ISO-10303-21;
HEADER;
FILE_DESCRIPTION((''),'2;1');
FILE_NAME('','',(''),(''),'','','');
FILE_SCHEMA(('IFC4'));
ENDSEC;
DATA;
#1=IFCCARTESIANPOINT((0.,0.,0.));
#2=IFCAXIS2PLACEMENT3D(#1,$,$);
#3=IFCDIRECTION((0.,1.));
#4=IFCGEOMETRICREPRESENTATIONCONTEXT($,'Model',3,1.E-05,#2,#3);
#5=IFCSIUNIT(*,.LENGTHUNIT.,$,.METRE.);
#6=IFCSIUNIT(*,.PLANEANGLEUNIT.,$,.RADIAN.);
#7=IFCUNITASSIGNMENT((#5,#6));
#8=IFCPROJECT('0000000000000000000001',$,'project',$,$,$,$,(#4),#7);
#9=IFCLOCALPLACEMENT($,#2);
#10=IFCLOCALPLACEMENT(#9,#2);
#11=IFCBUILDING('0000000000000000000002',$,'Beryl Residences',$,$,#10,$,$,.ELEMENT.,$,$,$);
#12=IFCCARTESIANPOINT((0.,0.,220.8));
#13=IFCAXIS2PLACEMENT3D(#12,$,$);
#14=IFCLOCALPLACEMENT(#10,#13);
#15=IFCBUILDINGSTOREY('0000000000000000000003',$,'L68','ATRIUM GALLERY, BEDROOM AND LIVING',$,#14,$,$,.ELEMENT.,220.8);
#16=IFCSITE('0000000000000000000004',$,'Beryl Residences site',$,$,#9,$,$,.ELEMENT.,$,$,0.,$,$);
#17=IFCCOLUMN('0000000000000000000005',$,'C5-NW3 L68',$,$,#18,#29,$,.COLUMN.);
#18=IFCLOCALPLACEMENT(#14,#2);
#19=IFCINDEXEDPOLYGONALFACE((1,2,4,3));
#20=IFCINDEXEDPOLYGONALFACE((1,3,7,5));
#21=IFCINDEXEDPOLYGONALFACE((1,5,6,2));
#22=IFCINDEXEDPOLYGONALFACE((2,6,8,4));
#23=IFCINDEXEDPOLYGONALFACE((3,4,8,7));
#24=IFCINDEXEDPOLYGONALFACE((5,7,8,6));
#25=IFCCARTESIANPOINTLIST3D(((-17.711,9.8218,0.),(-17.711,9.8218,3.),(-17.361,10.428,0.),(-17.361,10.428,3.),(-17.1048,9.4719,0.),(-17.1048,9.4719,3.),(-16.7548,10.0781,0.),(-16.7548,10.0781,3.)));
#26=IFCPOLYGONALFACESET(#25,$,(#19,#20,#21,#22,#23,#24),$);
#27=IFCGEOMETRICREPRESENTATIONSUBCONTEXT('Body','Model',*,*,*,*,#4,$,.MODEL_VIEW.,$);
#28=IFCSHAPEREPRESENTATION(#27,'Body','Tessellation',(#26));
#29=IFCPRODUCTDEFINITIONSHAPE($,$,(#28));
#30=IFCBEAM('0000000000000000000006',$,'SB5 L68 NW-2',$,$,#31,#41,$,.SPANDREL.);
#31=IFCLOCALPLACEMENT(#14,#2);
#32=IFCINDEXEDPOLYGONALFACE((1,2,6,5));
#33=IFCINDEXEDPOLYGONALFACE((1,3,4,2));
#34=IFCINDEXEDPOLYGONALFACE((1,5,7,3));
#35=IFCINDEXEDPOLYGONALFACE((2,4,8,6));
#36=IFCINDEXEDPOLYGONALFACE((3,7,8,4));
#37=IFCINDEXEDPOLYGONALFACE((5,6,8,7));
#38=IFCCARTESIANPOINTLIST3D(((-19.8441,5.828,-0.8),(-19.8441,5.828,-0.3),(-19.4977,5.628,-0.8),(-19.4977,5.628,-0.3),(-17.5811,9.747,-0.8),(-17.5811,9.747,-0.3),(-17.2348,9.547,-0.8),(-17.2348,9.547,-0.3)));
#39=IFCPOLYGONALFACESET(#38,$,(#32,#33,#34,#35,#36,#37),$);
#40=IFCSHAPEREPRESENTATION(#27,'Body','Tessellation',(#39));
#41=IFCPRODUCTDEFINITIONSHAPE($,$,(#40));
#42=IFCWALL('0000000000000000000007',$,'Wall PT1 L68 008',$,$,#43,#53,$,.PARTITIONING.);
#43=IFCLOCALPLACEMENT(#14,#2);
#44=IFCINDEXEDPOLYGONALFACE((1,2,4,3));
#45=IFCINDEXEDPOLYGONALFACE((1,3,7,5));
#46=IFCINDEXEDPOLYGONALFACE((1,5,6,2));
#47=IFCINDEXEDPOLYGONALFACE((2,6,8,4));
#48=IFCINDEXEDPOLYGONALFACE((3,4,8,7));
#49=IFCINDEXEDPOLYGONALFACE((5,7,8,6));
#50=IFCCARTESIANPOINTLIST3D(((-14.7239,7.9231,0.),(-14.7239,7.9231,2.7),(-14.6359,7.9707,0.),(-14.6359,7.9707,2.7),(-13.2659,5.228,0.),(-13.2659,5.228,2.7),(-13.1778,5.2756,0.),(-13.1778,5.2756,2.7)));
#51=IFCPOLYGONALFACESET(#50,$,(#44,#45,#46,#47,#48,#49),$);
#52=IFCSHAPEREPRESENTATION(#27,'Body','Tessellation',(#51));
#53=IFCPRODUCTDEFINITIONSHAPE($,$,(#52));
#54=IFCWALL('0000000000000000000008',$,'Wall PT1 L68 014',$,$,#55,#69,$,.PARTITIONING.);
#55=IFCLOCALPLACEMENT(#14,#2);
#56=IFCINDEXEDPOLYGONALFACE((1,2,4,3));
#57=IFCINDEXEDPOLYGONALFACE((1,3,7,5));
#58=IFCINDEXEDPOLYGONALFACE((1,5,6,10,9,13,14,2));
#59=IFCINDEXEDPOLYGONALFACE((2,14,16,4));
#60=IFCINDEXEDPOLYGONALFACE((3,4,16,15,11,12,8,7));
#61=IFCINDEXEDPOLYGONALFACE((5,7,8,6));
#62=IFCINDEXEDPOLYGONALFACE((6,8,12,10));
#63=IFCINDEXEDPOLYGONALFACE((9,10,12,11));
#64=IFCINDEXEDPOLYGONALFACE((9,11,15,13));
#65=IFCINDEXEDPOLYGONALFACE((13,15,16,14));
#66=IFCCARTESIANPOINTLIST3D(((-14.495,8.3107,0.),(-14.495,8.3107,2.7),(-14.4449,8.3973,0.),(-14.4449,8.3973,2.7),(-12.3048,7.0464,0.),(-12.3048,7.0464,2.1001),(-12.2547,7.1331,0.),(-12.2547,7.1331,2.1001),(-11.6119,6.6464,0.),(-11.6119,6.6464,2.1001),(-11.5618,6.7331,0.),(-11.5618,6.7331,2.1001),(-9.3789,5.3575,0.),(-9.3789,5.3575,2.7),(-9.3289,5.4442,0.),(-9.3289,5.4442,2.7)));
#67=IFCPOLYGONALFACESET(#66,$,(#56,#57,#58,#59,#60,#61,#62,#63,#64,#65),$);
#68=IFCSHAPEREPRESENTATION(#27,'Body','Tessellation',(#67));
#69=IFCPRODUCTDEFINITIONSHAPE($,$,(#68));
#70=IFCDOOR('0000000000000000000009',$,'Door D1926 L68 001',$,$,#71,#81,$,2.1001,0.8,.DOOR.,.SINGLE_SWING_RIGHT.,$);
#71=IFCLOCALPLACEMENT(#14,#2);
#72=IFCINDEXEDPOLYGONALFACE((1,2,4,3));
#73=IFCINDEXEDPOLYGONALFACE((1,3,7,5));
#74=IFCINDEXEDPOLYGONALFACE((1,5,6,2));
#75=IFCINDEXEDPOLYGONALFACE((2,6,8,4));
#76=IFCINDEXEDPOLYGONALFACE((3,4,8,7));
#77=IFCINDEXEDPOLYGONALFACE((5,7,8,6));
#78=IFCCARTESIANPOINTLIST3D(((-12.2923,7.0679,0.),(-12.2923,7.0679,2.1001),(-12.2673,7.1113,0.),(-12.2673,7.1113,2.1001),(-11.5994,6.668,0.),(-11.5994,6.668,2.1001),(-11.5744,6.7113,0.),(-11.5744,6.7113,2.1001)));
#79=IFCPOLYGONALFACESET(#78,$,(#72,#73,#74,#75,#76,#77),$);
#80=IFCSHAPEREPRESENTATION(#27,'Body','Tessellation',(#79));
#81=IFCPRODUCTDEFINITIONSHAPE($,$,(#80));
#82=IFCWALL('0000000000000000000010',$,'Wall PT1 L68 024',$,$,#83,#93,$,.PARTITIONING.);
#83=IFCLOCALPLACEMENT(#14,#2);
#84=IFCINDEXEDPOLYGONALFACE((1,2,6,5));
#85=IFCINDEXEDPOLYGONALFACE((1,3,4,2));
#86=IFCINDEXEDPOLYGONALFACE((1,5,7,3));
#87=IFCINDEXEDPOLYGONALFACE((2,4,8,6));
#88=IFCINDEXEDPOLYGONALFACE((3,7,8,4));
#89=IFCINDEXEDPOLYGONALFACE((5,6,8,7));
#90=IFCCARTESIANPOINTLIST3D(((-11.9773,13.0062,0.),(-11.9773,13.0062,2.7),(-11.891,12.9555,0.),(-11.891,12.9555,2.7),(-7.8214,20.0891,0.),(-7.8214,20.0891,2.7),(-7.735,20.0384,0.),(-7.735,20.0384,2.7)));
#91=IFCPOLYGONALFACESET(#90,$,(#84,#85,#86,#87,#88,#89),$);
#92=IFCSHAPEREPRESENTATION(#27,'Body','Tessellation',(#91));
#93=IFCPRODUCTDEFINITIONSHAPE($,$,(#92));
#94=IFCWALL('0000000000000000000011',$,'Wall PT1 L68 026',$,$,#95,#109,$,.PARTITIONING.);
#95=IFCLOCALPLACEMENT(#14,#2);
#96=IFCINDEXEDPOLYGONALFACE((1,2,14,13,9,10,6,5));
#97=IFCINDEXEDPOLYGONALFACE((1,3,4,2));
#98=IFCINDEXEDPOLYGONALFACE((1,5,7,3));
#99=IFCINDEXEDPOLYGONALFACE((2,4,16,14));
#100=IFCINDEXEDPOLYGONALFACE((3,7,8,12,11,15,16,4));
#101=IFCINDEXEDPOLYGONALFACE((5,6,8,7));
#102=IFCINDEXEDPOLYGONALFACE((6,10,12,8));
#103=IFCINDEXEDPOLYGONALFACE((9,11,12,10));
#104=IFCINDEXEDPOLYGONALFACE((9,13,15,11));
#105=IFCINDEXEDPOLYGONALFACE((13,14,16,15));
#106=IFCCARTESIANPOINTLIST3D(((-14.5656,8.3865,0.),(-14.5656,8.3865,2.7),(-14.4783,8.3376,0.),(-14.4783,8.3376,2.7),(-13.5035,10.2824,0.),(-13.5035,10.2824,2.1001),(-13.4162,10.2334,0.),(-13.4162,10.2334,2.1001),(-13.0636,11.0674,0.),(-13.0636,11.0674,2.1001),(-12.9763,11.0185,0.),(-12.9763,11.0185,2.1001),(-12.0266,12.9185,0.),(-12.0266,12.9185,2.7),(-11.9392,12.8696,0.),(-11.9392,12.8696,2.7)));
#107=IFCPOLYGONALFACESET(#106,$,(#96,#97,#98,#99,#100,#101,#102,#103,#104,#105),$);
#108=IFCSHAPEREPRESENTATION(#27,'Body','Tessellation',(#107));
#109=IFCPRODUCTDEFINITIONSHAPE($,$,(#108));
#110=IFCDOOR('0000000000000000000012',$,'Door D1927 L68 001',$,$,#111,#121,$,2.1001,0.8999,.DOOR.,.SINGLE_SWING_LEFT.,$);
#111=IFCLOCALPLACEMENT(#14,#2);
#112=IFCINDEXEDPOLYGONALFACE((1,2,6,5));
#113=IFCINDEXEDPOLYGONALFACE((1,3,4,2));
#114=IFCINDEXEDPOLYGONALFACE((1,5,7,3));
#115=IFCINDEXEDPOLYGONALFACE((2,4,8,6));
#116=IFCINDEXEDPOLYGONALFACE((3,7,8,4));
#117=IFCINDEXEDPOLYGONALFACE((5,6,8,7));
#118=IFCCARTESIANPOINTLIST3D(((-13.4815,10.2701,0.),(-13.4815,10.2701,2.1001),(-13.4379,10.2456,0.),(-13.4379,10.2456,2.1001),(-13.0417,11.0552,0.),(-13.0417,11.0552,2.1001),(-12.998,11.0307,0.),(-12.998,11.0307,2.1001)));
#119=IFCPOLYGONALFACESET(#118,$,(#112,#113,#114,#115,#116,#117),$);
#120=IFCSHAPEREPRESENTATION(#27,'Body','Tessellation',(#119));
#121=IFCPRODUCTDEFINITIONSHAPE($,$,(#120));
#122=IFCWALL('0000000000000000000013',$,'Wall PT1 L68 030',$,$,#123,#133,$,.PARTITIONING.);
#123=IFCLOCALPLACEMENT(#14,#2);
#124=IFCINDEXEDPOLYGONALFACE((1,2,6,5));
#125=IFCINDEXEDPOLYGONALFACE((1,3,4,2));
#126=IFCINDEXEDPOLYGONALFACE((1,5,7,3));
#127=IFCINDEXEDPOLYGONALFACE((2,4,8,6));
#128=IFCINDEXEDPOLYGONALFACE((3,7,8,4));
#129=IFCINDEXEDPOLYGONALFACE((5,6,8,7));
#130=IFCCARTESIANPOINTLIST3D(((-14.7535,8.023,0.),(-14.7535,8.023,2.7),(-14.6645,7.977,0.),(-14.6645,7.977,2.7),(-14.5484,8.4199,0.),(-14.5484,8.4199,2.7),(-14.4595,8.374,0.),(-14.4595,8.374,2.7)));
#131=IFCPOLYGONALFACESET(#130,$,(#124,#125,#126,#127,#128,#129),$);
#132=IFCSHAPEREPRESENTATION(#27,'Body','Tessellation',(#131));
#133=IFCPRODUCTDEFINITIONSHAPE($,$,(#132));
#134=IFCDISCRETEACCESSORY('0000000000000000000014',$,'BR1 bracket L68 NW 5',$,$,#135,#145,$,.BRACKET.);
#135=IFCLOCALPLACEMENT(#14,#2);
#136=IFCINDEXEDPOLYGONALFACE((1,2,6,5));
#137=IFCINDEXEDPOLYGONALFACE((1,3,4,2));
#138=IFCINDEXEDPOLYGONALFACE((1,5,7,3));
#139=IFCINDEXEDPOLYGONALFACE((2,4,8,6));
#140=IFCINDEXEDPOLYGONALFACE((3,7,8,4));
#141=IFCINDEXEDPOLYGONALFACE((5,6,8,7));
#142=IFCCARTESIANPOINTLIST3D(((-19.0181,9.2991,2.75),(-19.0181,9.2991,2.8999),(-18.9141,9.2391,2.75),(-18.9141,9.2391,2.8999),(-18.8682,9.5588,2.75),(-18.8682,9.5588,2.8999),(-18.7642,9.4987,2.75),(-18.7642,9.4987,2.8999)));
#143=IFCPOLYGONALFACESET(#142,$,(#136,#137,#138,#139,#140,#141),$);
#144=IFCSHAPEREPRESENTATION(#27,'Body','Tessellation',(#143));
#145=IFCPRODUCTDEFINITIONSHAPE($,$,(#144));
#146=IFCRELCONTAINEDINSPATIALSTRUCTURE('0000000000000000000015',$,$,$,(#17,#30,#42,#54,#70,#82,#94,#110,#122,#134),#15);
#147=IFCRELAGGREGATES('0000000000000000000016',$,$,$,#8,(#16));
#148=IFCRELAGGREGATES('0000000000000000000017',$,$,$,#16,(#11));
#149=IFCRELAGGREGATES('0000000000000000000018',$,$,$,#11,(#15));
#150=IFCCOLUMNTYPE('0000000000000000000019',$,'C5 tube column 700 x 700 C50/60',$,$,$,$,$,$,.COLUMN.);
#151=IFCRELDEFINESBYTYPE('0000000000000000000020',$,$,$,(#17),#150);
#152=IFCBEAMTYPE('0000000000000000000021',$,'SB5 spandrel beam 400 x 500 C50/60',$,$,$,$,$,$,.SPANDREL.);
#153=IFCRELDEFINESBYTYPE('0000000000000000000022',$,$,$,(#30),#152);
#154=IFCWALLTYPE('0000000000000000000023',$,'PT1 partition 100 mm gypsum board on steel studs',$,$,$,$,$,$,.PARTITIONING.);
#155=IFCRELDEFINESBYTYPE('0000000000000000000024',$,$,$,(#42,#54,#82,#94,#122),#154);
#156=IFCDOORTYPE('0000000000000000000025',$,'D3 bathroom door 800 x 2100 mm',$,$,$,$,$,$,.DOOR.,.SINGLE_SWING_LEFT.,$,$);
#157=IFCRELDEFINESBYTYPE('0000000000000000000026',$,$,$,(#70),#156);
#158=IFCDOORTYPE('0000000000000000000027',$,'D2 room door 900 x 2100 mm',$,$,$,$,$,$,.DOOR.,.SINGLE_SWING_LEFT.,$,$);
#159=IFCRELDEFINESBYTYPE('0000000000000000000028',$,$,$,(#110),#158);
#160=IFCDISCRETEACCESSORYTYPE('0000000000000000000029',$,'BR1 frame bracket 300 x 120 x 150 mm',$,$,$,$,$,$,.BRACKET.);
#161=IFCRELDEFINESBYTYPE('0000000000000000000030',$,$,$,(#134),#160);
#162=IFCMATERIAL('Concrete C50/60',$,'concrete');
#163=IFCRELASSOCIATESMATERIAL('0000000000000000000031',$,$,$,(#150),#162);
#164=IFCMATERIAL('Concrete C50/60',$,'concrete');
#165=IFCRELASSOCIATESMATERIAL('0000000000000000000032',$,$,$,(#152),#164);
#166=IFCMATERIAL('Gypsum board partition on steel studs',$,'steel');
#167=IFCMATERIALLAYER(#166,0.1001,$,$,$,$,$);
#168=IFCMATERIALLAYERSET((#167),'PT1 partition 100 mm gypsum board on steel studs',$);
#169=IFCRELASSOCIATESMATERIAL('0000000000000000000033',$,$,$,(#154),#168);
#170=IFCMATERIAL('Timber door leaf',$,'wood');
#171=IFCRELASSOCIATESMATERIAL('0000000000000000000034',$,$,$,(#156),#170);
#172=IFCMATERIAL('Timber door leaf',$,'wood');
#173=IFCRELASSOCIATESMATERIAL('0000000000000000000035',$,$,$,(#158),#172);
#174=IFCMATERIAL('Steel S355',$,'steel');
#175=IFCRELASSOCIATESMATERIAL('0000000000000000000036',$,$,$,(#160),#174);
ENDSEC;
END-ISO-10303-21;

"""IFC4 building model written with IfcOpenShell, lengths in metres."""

from ifc_helpers import new_model, si_unit, direction, frame, frame_2d, origin, origin_2d, place, context, subcontext, project, spatial, polyline, rectangle, outline, extrude, source, transform, mapped, material, layer, layer_set, material_profile, profile_set, type_object, type_shapes, element, fill, save


model = new_model("IFC4")

# Units and contexts
model_context = context("Model", 3, precision=1e-05, world=origin(), true_north=direction((0.0, 1.0)))
body_context = subcontext(model_context, "Body", "Model", "MODEL_VIEW")
ifc_project = project(units=[si_unit("LENGTHUNIT", "METRE"), si_unit("PLANEANGLEUNIT", "RADIAN")], contexts=[model_context])

# Site, building, storey
site_placement = place(None, origin())
site = spatial("IfcSite", under=ifc_project, at=site_placement, Name="Beryl Residences site", CompositionType="ELEMENT", RefElevation=0.0)
building_placement = place(site_placement, origin())
building = spatial("IfcBuilding", under=site, at=building_placement, Name="Beryl Residences", CompositionType="ELEMENT")
storey_placement = place(building_placement, frame((0.0, 0.0, 220.8)))
storey = spatial("IfcBuildingStorey", under=building, at=storey_placement, Name="L68", Description="ATRIUM GALLERY, BEDROOM AND LIVING", CompositionType="ELEMENT", Elevation=220.8)

# Column
ifc_material_1 = material(Name="Concrete C50/60", Category="concrete")
ifc_material_profile_1 = material_profile(ifc_material_1, rectangle(XDim=0.7, YDim=0.7, at=origin_2d()))
ifc_profile_set_1 = profile_set([ifc_material_profile_1], Name="Concrete C50/60")
column_type = type_object("IfcColumnType", Name="C5 tube column 700 x 700 C50/60", PredefinedType="COLUMN", material=ifc_profile_set_1)
column_placement = place(storey_placement, frame((-17.2329, 9.95, 0.0), z_axis=(0.0, 0.0, 1.0), x_axis=(-0.49997, -0.866043, 0.0)))
element("IfcColumn", 1, at=column_placement, inside=storey, type_object=column_type, Name="C5-NW3 L68", PredefinedType="COLUMN", context=body_context, shape_type="SweptSolid", body=[
    extrude(rectangle(XDim=0.7, YDim=0.7, at=origin_2d()), origin(), (0.0, 0.0, 1.0), 3.0),
])

# Beam
ifc_material_2 = material(Name="Concrete C50/60", Category="concrete")
ifc_material_profile_2 = material_profile(ifc_material_2, rectangle(XDim=0.3999, YDim=0.5, at=origin_2d()))
ifc_profile_set_2 = profile_set([ifc_material_profile_2], Name="Concrete C50/60")
beam_type = type_object("IfcBeamType", Name="SB5 spandrel beam 400 x 500 C50/60", PredefinedType="SPANDREL", material=ifc_profile_set_2)
beam_placement = place(storey_placement, frame((-17.408, 9.647, -0.55), z_axis=(-0.500056, -0.865993, 0.0), x_axis=(0.865993, -0.500056, 0.0)))
element("IfcBeam", 2, at=beam_placement, inside=storey, type_object=beam_type, Name="SB5 L68 NW-2", PredefinedType="SPANDREL", context=body_context, shape_type="SweptSolid", body=[
    extrude(rectangle(XDim=0.3999, YDim=0.5, at=origin_2d()), origin(), (0.0, 0.0, 1.0), 4.5254),
])

# Wall
ifc_material_3 = material(Name="Gypsum board partition on steel studs", Category="steel")
ifc_layer = layer(ifc_material_3, 0.1001)
ifc_layer_set = layer_set([ifc_layer], Name="PT1 partition 100 mm gypsum board on steel studs")
wall_type = type_object("IfcWallType", Name="PT1 partition 100 mm gypsum board on steel studs", PredefinedType="PARTITIONING", material=ifc_layer_set)
wall_1_placement = place(storey_placement, frame((-14.6799, 7.947, 0.0), z_axis=(0.0, 0.0, 1.0), x_axis=(0.475824, -0.879541, 0.0)))
element("IfcWall", 3, at=wall_1_placement, inside=storey, type_object=wall_type, Name="Wall PT1 L68 008", PredefinedType="PARTITIONING", context=body_context, shape_type="SweptSolid", body=[
    extrude(rectangle(XDim=3.0642, YDim=0.1001, at=frame_2d((1.5322, 0.0))), origin(), (0.0, 0.0, 1.0), 2.7),
])

# Wall, opening, door
wall_2_placement = place(storey_placement, frame((-14.47, 8.354, 0.0), z_axis=(0.0, 0.0, 1.0), x_axis=(0.866068, -0.499926, 0.0)))
wall_2 = element("IfcWall", 4, at=wall_2_placement, inside=storey, type_object=wall_type, Name="Wall PT1 L68 014", PredefinedType="PARTITIONING", context=body_context, shape_type="SweptSolid", body=[
    extrude(rectangle(XDim=5.9072, YDim=0.1001, at=frame_2d((2.9536, 0.0))), origin(), (0.0, 0.0, 1.0), 2.7),
])
opening_1_placement = place(wall_2_placement, frame((2.5291, 0.0, 0.0)))
opening_1 = element("IfcOpeningElement", 5, at=opening_1_placement, cuts=wall_2, PredefinedType="OPENING", context=body_context, shape_type="SweptSolid", body=[
    extrude(rectangle(XDim=0.8, YDim=2.1001, at=frame_2d((0.3999, 1.05))), frame((0.0, 0.0601, 0.0), z_axis=(0.0, -1.0, 0.0), x_axis=(1.0, 0.0, 0.0)), (0.0, 0.0, 1.0), 0.1201),
])
ifc_material_4 = material(Name="Timber door leaf", Category="wood")
door_type_1 = type_object("IfcDoorType", Name="D3 bathroom door 800 x 2100 mm", OperationType="SINGLE_SWING_LEFT", PredefinedType="DOOR", material=ifc_material_4)
door_1_placement = place(opening_1_placement, origin())
door_1 = element("IfcDoor", 6, at=door_1_placement, inside=storey, type_object=door_type_1, Name="Door D1926 L68 001", OperationType="SINGLE_SWING_RIGHT", OverallHeight=2.1001, OverallWidth=0.8, PredefinedType="DOOR", context=body_context, shape_type="SweptSolid", body=[
    extrude(rectangle(XDim=0.8, YDim=2.1001, at=frame_2d((0.3999, 1.05))), frame((0.0, 0.0249, 0.0), z_axis=(0.0, -1.0, 0.0), x_axis=(1.0, 0.0, 0.0)), (0.0, 0.0, 1.0), 0.05),
])
fill(opening_1, door_1)

# Wall
wall_3_placement = place(storey_placement, frame((-11.9341, 12.981, 0.0), z_axis=(0.0, 0.0, 1.0), x_axis=(0.506073, 0.862491, 0.0)))
element("IfcWall", 7, at=wall_3_placement, inside=storey, type_object=wall_type, Name="Wall PT1 L68 024", PredefinedType="PARTITIONING", context=body_context, shape_type="SweptSolid", body=[
    extrude(rectangle(XDim=8.2122, YDim=0.1001, at=frame_2d((4.106, 0.0))), origin(), (0.0, 0.0, 1.0), 2.7),
])

# Wall, opening, door
wall_4_placement = place(storey_placement, frame((-14.522, 8.3621, 0.0), z_axis=(0.0, 0.0, 1.0), x_axis=(0.488772, 0.872411, 0.0)))
wall_4 = element("IfcWall", 8, at=wall_4_placement, inside=storey, type_object=wall_type, Name="Wall PT1 L68 026", PredefinedType="PARTITIONING", context=body_context, shape_type="SweptSolid", body=[
    extrude(rectangle(XDim=5.1948, YDim=0.1001, at=frame_2d((2.5974, 0.0))), origin(), (0.0, 0.0, 1.0), 2.7),
])
opening_2_placement = place(wall_4_placement, frame((2.1731, 0.0, 0.0)))
opening_2 = element("IfcOpeningElement", 9, at=opening_2_placement, cuts=wall_4, PredefinedType="OPENING", context=body_context, shape_type="SweptSolid", body=[
    extrude(rectangle(XDim=0.8999, YDim=2.1001, at=frame_2d((0.45, 1.05))), frame((0.0, 0.0601, 0.0), z_axis=(0.0, -1.0, 0.0), x_axis=(1.0, 0.0, 0.0)), (0.0, 0.0, 1.0), 0.1201),
])
ifc_material_5 = material(Name="Timber door leaf", Category="wood")
door_type_2 = type_object("IfcDoorType", Name="D2 room door 900 x 2100 mm", OperationType="SINGLE_SWING_LEFT", PredefinedType="DOOR", material=ifc_material_5)
door_2_placement = place(opening_2_placement, origin())
door_2 = element("IfcDoor", 10, at=door_2_placement, inside=storey, type_object=door_type_2, Name="Door D1927 L68 001", OperationType="SINGLE_SWING_LEFT", OverallHeight=2.1001, OverallWidth=0.8999, PredefinedType="DOOR", context=body_context, shape_type="SweptSolid", body=[
    extrude(rectangle(XDim=0.8999, YDim=2.1001, at=frame_2d((0.45, 1.05))), frame((0.0, 0.0249, 0.0), z_axis=(0.0, -1.0, 0.0), x_axis=(1.0, 0.0, 0.0)), (0.0, 0.0, 1.0), 0.05),
])
fill(opening_2, door_2)

# Wall
wall_5_placement = place(storey_placement, frame((-14.709, 8.0, 0.0), z_axis=(0.0, 0.0, 1.0), x_axis=(0.458977, 0.888448, 0.0)))
element("IfcWall", 11, at=wall_5_placement, inside=storey, type_object=wall_type, Name="Wall PT1 L68 030", PredefinedType="PARTITIONING", context=body_context, shape_type="SweptSolid", body=[
    extrude(rectangle(XDim=0.4468, YDim=0.1001, at=frame_2d((0.2234, 0.0))), origin(), (0.0, 0.0, 1.0), 2.7),
])

# Discrete accessory
ifc_material_6 = material(Name="Steel S355", Category="steel")
discrete_accessory_type = type_object("IfcDiscreteAccessoryType", Name="BR1 frame bracket 300 x 120 x 150 mm", PredefinedType="BRACKET", material=ifc_material_6)
shared_shape_1 = source(origin(), body_context, "Body", "SweptSolid", [
    extrude(outline(polyline([(-0.1499, 0.0), (0.1499, 0.0), (0.1499, 0.1201), (-0.1499, 0.1201), (-0.1499, 0.0)])), origin(), (0.0, 0.0, 1.0), 0.1499),
])
type_shapes(discrete_accessory_type, [shared_shape_1])
discrete_accessory_placement = place(storey_placement, frame((-18.8391, 9.3689, 2.75), z_axis=(0.0, 0.0, 1.0), x_axis=(0.5, 0.866025, 0.0)))
element("IfcDiscreteAccessory", 12, at=discrete_accessory_placement, inside=storey, type_object=discrete_accessory_type, Name="BR1 bracket L68 NW 5", PredefinedType="BRACKET", context=body_context, shape_type="MappedRepresentation", body=[
    mapped(shared_shape_1, transform((0.0, 0.0, 0.0))),
])

save(model, "model.ifc")
